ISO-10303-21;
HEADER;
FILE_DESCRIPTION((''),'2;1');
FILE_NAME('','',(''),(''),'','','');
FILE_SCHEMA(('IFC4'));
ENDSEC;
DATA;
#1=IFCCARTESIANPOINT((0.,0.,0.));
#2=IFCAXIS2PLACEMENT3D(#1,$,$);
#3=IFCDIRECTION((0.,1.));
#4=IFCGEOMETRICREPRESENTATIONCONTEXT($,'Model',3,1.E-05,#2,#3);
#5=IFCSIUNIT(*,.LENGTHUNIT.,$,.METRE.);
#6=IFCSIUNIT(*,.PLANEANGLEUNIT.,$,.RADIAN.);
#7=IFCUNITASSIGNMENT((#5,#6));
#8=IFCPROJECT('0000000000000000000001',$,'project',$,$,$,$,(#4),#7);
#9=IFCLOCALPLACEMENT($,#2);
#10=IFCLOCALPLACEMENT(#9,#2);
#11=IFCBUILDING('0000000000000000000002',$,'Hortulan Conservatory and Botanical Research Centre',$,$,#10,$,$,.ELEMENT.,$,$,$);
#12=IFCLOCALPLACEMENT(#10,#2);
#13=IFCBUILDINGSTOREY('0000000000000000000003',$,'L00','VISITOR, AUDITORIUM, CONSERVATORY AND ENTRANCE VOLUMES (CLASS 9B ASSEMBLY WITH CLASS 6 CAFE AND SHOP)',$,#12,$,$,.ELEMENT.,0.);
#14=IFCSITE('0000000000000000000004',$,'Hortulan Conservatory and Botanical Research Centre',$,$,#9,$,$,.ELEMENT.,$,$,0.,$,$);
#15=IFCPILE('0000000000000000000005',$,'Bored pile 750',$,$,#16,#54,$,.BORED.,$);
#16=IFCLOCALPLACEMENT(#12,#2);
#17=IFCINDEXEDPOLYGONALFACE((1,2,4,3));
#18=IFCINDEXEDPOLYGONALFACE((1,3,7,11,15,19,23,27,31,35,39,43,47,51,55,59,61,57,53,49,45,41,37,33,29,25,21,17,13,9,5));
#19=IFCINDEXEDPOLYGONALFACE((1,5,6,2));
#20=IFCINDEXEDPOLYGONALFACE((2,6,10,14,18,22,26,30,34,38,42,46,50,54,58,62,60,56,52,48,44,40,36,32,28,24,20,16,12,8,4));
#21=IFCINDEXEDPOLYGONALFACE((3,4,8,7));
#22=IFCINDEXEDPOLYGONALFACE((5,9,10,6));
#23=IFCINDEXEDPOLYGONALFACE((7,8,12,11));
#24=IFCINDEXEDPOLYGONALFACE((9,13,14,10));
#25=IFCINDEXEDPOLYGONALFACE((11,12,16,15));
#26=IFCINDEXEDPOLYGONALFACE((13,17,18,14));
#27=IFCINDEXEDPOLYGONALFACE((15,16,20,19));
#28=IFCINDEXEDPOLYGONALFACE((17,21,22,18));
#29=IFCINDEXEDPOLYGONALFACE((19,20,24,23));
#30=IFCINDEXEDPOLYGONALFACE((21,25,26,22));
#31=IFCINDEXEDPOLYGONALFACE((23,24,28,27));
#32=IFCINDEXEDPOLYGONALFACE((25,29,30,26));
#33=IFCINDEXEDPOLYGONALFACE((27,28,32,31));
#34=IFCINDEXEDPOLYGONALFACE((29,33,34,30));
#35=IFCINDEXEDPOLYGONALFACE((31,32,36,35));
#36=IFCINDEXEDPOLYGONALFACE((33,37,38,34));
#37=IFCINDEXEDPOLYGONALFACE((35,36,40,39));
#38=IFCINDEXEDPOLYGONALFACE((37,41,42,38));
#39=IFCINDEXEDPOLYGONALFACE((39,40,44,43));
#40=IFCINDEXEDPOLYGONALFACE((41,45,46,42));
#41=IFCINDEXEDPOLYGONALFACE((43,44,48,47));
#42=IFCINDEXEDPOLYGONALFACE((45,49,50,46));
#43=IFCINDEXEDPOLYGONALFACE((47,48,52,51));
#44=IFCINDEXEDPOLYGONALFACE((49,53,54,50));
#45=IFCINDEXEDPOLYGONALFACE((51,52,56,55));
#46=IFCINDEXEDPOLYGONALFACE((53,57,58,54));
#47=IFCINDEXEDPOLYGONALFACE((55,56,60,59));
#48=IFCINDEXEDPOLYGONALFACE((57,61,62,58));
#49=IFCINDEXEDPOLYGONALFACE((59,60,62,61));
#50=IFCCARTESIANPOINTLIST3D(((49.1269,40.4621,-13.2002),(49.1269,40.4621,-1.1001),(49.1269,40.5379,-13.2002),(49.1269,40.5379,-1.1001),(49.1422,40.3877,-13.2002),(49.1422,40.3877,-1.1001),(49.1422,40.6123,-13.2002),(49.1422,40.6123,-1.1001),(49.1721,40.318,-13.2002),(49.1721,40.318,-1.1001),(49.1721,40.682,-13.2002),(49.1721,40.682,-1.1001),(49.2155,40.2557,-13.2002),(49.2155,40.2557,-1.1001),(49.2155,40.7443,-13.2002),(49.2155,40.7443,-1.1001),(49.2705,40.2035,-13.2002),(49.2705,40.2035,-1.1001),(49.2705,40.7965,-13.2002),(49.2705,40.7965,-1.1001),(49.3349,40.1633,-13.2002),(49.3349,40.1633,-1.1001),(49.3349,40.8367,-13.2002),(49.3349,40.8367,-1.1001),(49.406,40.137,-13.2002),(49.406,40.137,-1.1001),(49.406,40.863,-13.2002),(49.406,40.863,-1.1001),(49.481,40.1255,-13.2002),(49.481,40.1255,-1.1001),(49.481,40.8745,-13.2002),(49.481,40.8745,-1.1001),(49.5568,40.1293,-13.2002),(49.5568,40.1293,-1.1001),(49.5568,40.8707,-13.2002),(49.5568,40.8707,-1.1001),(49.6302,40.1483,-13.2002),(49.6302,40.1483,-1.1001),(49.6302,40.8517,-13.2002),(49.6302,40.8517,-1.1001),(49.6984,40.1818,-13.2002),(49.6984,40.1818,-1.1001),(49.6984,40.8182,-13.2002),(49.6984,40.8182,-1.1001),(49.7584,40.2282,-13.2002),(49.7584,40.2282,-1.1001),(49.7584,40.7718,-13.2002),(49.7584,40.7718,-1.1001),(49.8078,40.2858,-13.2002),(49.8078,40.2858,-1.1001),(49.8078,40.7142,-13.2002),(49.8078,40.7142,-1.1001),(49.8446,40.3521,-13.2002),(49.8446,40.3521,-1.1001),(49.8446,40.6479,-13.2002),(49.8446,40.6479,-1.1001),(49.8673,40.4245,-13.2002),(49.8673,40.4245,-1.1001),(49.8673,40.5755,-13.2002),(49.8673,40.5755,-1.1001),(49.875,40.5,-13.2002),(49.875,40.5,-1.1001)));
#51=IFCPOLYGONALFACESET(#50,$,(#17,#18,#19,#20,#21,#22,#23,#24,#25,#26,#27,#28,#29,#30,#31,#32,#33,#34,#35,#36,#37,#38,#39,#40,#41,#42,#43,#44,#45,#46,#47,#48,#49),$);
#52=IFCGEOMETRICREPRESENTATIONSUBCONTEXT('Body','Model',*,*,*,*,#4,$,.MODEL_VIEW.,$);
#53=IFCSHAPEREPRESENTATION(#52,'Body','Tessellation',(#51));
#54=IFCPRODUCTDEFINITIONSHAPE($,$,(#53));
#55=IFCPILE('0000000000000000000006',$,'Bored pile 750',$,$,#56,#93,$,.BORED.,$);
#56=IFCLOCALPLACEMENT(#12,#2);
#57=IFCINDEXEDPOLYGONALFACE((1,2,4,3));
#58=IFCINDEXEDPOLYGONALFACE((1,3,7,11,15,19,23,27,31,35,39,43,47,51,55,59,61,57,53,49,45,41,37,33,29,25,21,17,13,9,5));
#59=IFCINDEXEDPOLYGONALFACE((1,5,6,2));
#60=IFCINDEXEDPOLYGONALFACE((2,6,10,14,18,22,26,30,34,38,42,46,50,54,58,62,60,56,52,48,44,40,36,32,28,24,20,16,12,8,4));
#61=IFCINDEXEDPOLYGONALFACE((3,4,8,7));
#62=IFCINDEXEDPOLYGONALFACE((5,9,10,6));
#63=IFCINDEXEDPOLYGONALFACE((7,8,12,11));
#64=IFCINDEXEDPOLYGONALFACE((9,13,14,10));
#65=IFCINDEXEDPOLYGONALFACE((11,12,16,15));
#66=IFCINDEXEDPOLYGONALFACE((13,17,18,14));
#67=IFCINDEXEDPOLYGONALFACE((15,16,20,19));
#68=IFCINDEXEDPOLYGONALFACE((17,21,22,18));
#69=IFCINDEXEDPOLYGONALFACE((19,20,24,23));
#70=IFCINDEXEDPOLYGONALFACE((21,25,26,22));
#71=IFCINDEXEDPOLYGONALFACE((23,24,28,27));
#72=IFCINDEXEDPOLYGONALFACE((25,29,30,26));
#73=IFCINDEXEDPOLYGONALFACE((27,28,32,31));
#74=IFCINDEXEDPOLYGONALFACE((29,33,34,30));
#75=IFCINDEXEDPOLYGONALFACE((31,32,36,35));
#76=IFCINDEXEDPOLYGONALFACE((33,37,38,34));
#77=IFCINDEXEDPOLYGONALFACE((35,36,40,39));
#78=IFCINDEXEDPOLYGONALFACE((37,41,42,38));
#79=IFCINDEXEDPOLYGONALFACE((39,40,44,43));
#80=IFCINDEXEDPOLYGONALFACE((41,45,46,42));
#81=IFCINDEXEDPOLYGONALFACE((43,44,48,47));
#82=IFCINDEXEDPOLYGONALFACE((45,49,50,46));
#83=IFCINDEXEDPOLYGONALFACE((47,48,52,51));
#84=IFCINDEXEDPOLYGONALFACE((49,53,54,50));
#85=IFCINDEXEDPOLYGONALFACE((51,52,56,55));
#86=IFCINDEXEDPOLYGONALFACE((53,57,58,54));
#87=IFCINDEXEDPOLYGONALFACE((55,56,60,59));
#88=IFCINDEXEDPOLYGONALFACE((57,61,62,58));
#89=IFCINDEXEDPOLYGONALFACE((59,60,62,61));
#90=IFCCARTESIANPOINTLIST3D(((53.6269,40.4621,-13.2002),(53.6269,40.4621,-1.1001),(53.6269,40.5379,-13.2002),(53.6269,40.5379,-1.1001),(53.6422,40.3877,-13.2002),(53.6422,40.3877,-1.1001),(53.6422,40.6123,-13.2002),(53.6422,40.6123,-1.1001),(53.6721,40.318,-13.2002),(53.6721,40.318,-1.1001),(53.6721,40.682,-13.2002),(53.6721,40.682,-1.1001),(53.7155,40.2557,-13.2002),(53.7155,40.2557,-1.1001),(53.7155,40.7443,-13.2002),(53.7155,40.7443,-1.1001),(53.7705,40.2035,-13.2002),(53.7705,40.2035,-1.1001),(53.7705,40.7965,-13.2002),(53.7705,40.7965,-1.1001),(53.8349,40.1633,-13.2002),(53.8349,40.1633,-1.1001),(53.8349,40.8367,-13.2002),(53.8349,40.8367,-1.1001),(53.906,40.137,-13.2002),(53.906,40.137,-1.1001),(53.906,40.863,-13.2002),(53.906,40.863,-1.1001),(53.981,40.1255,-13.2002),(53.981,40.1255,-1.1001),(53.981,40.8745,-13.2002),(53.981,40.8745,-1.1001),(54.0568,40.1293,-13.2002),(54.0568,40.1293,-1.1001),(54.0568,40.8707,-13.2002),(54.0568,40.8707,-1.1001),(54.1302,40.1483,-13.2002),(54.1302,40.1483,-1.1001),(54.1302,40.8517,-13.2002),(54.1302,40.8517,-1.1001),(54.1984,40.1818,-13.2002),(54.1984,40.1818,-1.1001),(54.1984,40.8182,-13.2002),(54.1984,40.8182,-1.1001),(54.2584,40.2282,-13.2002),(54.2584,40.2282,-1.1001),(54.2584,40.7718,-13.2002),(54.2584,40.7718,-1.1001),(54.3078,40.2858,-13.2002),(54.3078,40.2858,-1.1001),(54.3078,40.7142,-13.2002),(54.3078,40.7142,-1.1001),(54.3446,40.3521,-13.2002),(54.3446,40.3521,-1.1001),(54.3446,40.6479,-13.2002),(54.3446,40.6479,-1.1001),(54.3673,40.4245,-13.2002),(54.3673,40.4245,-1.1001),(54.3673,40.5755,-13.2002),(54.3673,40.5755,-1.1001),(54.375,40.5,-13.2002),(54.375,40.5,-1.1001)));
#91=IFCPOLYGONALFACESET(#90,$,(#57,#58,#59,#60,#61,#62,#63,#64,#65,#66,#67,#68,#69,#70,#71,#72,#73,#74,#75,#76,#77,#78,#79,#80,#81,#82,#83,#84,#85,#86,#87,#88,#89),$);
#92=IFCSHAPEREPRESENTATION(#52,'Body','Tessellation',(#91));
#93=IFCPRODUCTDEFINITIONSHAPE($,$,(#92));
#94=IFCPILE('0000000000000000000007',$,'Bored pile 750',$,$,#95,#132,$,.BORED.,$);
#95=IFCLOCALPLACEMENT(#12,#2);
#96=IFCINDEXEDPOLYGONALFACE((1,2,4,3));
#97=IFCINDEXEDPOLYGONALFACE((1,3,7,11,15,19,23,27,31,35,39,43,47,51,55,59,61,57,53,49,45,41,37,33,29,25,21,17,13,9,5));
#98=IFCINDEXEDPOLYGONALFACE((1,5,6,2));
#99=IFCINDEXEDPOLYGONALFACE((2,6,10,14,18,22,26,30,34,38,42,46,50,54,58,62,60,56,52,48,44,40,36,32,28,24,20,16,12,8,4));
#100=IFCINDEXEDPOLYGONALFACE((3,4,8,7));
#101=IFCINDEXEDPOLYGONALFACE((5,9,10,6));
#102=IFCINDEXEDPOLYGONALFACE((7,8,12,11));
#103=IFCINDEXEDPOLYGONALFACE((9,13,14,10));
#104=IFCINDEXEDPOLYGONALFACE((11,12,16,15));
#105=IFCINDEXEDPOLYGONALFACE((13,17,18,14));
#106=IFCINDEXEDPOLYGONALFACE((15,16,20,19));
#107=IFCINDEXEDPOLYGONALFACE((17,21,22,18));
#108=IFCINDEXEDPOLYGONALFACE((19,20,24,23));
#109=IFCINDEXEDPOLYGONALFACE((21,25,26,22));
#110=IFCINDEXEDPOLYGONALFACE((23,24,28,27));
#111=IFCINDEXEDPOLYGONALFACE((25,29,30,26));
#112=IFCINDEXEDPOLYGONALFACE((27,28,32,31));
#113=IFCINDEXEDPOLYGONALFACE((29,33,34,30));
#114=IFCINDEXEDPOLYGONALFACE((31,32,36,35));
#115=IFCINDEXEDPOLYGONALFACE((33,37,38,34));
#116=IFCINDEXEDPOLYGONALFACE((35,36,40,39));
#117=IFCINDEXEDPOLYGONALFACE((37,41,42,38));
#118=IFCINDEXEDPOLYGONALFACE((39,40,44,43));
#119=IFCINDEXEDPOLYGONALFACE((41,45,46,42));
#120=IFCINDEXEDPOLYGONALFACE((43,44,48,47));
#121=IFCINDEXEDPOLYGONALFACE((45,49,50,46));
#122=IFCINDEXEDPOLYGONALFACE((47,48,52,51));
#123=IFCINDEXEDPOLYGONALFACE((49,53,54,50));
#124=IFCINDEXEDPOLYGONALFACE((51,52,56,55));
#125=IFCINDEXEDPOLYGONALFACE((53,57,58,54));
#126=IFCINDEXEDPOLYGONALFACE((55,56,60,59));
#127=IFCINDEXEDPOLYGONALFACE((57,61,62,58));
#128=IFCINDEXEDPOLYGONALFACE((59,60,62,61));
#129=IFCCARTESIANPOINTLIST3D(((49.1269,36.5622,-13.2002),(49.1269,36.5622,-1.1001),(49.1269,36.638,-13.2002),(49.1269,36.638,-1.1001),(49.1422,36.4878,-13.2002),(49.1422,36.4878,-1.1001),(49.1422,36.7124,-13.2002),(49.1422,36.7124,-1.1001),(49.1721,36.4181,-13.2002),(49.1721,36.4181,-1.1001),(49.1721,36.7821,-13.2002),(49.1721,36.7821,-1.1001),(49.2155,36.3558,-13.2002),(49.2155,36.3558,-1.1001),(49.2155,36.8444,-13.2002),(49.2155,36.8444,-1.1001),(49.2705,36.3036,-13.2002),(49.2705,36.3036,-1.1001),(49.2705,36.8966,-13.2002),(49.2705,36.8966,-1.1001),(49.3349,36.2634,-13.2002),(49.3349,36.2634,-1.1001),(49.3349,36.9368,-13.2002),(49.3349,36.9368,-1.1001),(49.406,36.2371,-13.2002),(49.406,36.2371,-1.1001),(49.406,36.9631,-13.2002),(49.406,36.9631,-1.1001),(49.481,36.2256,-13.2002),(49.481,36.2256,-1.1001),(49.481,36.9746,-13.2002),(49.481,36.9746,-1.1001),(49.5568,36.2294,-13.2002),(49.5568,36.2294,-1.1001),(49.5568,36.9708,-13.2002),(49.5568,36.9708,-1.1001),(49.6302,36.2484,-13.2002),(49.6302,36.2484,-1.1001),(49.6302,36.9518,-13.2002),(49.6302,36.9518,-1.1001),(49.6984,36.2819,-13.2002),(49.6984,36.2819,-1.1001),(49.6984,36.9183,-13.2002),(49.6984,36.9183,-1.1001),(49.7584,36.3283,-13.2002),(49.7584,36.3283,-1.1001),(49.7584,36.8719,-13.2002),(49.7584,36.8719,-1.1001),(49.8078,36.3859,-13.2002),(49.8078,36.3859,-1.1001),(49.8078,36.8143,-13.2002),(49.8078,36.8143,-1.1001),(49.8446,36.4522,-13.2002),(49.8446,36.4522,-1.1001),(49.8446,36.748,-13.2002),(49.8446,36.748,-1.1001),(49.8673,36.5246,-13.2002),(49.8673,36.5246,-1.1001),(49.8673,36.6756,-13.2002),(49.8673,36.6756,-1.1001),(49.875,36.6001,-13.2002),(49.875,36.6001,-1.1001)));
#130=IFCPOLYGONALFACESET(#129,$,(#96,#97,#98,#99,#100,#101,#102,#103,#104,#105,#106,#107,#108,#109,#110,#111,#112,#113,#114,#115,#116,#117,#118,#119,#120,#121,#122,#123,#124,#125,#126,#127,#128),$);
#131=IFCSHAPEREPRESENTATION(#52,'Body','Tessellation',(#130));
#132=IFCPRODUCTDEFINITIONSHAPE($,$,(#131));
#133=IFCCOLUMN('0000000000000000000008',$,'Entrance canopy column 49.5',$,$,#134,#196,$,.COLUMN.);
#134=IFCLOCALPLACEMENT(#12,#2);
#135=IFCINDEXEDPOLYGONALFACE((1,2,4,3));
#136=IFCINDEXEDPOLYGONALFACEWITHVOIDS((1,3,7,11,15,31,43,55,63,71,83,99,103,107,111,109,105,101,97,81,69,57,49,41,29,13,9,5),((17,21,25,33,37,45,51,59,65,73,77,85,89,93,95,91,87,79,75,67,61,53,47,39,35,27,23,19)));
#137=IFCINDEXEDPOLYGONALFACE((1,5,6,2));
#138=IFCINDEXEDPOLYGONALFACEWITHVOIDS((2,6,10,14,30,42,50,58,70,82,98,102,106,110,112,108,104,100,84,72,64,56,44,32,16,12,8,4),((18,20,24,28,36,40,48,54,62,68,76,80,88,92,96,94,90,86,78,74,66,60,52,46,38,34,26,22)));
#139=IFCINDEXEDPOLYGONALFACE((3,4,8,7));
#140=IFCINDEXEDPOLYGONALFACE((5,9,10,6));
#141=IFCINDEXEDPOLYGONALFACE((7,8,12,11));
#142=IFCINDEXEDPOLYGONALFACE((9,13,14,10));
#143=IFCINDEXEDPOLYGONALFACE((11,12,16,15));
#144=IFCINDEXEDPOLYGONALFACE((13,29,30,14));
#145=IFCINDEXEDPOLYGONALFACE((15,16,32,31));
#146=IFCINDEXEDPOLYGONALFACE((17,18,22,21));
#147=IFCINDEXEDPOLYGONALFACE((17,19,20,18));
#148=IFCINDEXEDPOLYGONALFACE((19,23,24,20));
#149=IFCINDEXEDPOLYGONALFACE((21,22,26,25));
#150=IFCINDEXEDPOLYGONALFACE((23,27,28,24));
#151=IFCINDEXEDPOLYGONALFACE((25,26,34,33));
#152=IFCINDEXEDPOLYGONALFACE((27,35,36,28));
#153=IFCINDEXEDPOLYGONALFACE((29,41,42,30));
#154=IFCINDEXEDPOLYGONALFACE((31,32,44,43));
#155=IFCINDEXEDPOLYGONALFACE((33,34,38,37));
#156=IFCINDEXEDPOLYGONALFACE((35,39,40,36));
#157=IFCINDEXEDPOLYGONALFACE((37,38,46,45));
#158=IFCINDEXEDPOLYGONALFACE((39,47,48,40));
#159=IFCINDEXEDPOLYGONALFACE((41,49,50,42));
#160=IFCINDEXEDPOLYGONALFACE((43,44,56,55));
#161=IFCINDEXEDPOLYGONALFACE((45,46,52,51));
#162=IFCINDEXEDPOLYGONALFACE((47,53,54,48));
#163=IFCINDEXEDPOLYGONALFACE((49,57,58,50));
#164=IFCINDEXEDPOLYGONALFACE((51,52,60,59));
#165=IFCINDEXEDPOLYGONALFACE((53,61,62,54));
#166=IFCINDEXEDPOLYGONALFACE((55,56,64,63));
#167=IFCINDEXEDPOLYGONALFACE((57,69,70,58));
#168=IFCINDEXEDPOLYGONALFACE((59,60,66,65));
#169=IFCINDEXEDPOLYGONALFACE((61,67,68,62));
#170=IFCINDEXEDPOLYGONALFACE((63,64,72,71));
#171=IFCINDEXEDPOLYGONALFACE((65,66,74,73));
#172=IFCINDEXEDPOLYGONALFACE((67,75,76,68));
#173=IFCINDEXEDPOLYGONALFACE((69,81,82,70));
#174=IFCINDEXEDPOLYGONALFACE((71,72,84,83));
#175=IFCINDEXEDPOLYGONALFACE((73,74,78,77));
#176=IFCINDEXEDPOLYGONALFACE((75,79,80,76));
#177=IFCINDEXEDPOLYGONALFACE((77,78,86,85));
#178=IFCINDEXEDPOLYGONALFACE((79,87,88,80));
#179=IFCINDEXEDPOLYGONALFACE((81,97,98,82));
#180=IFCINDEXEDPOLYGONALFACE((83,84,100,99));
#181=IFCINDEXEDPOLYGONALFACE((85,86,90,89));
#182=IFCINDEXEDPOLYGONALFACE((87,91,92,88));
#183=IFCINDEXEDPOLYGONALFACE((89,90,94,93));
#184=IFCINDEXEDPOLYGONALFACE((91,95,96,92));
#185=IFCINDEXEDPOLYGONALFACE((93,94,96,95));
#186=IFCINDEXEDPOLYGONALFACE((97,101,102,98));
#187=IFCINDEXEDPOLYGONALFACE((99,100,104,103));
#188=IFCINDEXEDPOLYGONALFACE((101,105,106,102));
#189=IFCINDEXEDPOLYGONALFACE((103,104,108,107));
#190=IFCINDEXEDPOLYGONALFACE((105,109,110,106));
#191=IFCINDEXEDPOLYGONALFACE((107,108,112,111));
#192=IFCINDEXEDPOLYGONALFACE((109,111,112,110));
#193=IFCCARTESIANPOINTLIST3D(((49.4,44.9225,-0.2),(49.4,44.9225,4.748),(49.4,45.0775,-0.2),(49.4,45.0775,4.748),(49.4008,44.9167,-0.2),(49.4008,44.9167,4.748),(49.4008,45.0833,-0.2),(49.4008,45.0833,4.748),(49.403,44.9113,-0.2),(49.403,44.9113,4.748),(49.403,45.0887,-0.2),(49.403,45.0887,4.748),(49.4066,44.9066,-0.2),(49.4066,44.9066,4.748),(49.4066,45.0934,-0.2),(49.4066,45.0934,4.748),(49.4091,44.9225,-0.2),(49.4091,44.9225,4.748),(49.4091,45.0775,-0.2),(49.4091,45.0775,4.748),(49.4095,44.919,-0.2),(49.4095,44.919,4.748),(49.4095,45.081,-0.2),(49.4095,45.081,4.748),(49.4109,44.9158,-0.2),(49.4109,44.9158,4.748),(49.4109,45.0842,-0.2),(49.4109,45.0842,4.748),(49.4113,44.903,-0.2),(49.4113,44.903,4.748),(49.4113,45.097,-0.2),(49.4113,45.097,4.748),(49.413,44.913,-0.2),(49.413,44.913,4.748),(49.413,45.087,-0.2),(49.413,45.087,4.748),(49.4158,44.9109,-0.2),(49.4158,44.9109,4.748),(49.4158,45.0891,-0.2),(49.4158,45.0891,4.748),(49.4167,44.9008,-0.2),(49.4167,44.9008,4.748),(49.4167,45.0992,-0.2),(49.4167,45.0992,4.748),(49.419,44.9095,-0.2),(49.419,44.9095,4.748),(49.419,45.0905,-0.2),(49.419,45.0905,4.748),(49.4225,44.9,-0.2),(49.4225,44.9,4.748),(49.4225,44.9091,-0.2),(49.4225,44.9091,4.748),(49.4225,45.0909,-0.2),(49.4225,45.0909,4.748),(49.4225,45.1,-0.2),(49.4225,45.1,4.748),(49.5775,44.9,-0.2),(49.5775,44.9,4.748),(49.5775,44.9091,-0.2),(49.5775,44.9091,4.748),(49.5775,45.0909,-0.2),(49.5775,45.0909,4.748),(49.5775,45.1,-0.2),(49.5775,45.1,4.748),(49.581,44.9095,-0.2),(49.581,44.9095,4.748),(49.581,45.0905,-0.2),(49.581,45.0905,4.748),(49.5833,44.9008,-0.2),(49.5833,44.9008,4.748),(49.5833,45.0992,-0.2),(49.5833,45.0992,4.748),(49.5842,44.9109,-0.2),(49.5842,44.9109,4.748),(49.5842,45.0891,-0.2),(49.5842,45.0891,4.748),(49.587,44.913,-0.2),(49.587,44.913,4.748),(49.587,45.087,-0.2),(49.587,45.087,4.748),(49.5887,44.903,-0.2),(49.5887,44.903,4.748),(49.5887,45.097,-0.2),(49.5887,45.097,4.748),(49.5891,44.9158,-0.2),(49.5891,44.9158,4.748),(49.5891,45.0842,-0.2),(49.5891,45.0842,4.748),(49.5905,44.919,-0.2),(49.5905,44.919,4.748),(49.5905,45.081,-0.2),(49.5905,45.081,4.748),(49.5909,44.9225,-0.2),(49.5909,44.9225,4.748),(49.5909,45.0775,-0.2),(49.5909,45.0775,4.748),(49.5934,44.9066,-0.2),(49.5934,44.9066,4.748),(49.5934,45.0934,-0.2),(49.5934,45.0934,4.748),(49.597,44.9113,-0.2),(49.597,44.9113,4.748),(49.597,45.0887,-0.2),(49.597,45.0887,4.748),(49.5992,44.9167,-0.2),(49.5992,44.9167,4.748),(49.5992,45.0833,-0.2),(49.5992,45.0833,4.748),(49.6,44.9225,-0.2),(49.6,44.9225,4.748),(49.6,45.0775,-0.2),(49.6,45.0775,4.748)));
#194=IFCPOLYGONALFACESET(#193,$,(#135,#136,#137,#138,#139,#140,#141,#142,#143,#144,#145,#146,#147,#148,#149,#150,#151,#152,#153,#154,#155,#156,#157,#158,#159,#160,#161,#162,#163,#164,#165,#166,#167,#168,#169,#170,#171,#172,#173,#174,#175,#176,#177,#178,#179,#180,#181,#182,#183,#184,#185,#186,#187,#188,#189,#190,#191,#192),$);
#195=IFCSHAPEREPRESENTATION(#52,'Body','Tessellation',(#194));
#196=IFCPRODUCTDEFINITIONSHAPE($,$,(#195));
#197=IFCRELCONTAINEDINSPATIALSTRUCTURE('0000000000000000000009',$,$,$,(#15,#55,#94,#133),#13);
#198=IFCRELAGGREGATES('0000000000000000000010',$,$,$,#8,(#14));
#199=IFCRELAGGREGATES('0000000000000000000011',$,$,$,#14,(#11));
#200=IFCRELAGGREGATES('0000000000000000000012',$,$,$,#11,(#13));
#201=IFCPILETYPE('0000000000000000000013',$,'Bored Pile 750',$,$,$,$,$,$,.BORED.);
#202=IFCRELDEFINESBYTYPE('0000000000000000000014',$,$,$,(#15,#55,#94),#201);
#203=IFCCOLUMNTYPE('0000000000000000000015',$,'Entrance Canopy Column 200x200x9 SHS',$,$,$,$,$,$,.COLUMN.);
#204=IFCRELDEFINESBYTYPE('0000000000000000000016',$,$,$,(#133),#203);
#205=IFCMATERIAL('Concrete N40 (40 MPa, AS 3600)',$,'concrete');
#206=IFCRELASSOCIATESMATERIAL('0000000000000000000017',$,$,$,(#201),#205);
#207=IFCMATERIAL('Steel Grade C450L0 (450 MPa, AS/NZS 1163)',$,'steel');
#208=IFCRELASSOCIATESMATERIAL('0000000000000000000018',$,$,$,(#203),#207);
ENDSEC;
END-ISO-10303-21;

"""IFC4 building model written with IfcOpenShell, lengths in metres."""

from ifc_helpers import new_model, si_unit, direction, frame, origin, origin_2d, place, context, subcontext, project, spatial, hollow_rectangle, circle, extrude, material, material_profile, profile_set, type_object, element, save


model = new_model("IFC4")

# Units and contexts
model_context = context("Model", 3, precision=1e-05, world=origin(), true_north=direction((0.0, 1.0)))
body_context = subcontext(model_context, "Body", "Model", "MODEL_VIEW")
ifc_project = project(units=[si_unit("LENGTHUNIT", "METRE"), si_unit("PLANEANGLEUNIT", "RADIAN")], contexts=[model_context])

# Site, building, storey
site_placement = place(None, origin())
site = spatial("IfcSite", under=ifc_project, at=site_placement, Name="Hortulan Conservatory and Botanical Research Centre", CompositionType="ELEMENT", RefElevation=0.0)
building_placement = place(site_placement, origin())
building = spatial("IfcBuilding", under=site, at=building_placement, Name="Hortulan Conservatory and Botanical Research Centre", CompositionType="ELEMENT")
storey_placement = place(building_placement, origin())
storey = spatial("IfcBuildingStorey", under=building, at=storey_placement, Name="L00", Description="VISITOR, AUDITORIUM, CONSERVATORY AND ENTRANCE VOLUMES (CLASS 9B ASSEMBLY WITH CLASS 6 CAFE AND SHOP)", CompositionType="ELEMENT", Elevation=0.0)

# Piles
ifc_material_1 = material(Name="Concrete N40 (40 MPa, AS 3600)", Category="concrete")
ifc_material_profile_1 = material_profile(ifc_material_1, circle(Radius=0.375, at=origin_2d()), Name="Bored pile 750 diameter")
ifc_profile_set_1 = profile_set([ifc_material_profile_1], Name="Concrete N40 (40 MPa, AS 3600)")
pile_type = type_object("IfcPileType", Name="Bored Pile 750", PredefinedType="BORED", material=ifc_profile_set_1)
for number, where, z_axis, x_axis, name in (
    (1, (49.5, 40.5, -1.1001), (0.0, 0.0, -1.0), (1.0, 0.0, 0.0), "Bored pile 750"),
    (2, (54.0, 40.5, -1.1001), (0.0, 0.0, -1.0), (1.0, 0.0, 0.0), "Bored pile 750"),
    (3, (49.5, 36.6001, -1.1001), (0.0, 0.0, -1.0), (1.0, 0.0, 0.0), "Bored pile 750"),
):
    element("IfcPile", number, at=place(storey_placement, frame(where, z_axis=z_axis, x_axis=x_axis)), inside=storey, type_object=pile_type, Name=name, PredefinedType="BORED", context=body_context, shape_type="SweptSolid", body=[
        extrude(circle(Radius=0.375, at=origin_2d()), origin(), (0.0, 0.0, 1.0), 12.1001),
    ])

# Column
ifc_material_2 = material(Name="Steel Grade C450L0 (450 MPa, AS/NZS 1163)", Category="steel")
ifc_material_profile_2 = material_profile(ifc_material_2, hollow_rectangle(XDim=0.2, YDim=0.2, WallThickness=0.009, InnerFilletRadius=0.0134, OuterFilletRadius=0.0225, at=origin_2d()), Name="200x200x9SHS")
ifc_profile_set_2 = profile_set([ifc_material_profile_2], Name="Steel Grade C450L0 (450 MPa, AS/NZS 1163)")
column_type_1 = type_object("IfcColumnType", Name="Entrance Canopy Column 200x200x9 SHS", PredefinedType="COLUMN", material=ifc_profile_set_2)
column_1_placement = place(storey_placement, frame((49.5, 45.0, -0.2), z_axis=(0.0, 0.0, 1.0), x_axis=(1.0, 0.0, 0.0)))
element("IfcColumn", 4, at=column_1_placement, inside=storey, type_object=column_type_1, Name="Entrance canopy column 49.5", PredefinedType="COLUMN", context=body_context, shape_type="SweptSolid", body=[
    extrude(hollow_rectangle(XDim=0.2, YDim=0.2, WallThickness=0.009, InnerFilletRadius=0.0134, OuterFilletRadius=0.0225, at=origin_2d()), origin(), (0.0, 0.0, 1.0), 4.948),
])

save(model, "model.ifc")
